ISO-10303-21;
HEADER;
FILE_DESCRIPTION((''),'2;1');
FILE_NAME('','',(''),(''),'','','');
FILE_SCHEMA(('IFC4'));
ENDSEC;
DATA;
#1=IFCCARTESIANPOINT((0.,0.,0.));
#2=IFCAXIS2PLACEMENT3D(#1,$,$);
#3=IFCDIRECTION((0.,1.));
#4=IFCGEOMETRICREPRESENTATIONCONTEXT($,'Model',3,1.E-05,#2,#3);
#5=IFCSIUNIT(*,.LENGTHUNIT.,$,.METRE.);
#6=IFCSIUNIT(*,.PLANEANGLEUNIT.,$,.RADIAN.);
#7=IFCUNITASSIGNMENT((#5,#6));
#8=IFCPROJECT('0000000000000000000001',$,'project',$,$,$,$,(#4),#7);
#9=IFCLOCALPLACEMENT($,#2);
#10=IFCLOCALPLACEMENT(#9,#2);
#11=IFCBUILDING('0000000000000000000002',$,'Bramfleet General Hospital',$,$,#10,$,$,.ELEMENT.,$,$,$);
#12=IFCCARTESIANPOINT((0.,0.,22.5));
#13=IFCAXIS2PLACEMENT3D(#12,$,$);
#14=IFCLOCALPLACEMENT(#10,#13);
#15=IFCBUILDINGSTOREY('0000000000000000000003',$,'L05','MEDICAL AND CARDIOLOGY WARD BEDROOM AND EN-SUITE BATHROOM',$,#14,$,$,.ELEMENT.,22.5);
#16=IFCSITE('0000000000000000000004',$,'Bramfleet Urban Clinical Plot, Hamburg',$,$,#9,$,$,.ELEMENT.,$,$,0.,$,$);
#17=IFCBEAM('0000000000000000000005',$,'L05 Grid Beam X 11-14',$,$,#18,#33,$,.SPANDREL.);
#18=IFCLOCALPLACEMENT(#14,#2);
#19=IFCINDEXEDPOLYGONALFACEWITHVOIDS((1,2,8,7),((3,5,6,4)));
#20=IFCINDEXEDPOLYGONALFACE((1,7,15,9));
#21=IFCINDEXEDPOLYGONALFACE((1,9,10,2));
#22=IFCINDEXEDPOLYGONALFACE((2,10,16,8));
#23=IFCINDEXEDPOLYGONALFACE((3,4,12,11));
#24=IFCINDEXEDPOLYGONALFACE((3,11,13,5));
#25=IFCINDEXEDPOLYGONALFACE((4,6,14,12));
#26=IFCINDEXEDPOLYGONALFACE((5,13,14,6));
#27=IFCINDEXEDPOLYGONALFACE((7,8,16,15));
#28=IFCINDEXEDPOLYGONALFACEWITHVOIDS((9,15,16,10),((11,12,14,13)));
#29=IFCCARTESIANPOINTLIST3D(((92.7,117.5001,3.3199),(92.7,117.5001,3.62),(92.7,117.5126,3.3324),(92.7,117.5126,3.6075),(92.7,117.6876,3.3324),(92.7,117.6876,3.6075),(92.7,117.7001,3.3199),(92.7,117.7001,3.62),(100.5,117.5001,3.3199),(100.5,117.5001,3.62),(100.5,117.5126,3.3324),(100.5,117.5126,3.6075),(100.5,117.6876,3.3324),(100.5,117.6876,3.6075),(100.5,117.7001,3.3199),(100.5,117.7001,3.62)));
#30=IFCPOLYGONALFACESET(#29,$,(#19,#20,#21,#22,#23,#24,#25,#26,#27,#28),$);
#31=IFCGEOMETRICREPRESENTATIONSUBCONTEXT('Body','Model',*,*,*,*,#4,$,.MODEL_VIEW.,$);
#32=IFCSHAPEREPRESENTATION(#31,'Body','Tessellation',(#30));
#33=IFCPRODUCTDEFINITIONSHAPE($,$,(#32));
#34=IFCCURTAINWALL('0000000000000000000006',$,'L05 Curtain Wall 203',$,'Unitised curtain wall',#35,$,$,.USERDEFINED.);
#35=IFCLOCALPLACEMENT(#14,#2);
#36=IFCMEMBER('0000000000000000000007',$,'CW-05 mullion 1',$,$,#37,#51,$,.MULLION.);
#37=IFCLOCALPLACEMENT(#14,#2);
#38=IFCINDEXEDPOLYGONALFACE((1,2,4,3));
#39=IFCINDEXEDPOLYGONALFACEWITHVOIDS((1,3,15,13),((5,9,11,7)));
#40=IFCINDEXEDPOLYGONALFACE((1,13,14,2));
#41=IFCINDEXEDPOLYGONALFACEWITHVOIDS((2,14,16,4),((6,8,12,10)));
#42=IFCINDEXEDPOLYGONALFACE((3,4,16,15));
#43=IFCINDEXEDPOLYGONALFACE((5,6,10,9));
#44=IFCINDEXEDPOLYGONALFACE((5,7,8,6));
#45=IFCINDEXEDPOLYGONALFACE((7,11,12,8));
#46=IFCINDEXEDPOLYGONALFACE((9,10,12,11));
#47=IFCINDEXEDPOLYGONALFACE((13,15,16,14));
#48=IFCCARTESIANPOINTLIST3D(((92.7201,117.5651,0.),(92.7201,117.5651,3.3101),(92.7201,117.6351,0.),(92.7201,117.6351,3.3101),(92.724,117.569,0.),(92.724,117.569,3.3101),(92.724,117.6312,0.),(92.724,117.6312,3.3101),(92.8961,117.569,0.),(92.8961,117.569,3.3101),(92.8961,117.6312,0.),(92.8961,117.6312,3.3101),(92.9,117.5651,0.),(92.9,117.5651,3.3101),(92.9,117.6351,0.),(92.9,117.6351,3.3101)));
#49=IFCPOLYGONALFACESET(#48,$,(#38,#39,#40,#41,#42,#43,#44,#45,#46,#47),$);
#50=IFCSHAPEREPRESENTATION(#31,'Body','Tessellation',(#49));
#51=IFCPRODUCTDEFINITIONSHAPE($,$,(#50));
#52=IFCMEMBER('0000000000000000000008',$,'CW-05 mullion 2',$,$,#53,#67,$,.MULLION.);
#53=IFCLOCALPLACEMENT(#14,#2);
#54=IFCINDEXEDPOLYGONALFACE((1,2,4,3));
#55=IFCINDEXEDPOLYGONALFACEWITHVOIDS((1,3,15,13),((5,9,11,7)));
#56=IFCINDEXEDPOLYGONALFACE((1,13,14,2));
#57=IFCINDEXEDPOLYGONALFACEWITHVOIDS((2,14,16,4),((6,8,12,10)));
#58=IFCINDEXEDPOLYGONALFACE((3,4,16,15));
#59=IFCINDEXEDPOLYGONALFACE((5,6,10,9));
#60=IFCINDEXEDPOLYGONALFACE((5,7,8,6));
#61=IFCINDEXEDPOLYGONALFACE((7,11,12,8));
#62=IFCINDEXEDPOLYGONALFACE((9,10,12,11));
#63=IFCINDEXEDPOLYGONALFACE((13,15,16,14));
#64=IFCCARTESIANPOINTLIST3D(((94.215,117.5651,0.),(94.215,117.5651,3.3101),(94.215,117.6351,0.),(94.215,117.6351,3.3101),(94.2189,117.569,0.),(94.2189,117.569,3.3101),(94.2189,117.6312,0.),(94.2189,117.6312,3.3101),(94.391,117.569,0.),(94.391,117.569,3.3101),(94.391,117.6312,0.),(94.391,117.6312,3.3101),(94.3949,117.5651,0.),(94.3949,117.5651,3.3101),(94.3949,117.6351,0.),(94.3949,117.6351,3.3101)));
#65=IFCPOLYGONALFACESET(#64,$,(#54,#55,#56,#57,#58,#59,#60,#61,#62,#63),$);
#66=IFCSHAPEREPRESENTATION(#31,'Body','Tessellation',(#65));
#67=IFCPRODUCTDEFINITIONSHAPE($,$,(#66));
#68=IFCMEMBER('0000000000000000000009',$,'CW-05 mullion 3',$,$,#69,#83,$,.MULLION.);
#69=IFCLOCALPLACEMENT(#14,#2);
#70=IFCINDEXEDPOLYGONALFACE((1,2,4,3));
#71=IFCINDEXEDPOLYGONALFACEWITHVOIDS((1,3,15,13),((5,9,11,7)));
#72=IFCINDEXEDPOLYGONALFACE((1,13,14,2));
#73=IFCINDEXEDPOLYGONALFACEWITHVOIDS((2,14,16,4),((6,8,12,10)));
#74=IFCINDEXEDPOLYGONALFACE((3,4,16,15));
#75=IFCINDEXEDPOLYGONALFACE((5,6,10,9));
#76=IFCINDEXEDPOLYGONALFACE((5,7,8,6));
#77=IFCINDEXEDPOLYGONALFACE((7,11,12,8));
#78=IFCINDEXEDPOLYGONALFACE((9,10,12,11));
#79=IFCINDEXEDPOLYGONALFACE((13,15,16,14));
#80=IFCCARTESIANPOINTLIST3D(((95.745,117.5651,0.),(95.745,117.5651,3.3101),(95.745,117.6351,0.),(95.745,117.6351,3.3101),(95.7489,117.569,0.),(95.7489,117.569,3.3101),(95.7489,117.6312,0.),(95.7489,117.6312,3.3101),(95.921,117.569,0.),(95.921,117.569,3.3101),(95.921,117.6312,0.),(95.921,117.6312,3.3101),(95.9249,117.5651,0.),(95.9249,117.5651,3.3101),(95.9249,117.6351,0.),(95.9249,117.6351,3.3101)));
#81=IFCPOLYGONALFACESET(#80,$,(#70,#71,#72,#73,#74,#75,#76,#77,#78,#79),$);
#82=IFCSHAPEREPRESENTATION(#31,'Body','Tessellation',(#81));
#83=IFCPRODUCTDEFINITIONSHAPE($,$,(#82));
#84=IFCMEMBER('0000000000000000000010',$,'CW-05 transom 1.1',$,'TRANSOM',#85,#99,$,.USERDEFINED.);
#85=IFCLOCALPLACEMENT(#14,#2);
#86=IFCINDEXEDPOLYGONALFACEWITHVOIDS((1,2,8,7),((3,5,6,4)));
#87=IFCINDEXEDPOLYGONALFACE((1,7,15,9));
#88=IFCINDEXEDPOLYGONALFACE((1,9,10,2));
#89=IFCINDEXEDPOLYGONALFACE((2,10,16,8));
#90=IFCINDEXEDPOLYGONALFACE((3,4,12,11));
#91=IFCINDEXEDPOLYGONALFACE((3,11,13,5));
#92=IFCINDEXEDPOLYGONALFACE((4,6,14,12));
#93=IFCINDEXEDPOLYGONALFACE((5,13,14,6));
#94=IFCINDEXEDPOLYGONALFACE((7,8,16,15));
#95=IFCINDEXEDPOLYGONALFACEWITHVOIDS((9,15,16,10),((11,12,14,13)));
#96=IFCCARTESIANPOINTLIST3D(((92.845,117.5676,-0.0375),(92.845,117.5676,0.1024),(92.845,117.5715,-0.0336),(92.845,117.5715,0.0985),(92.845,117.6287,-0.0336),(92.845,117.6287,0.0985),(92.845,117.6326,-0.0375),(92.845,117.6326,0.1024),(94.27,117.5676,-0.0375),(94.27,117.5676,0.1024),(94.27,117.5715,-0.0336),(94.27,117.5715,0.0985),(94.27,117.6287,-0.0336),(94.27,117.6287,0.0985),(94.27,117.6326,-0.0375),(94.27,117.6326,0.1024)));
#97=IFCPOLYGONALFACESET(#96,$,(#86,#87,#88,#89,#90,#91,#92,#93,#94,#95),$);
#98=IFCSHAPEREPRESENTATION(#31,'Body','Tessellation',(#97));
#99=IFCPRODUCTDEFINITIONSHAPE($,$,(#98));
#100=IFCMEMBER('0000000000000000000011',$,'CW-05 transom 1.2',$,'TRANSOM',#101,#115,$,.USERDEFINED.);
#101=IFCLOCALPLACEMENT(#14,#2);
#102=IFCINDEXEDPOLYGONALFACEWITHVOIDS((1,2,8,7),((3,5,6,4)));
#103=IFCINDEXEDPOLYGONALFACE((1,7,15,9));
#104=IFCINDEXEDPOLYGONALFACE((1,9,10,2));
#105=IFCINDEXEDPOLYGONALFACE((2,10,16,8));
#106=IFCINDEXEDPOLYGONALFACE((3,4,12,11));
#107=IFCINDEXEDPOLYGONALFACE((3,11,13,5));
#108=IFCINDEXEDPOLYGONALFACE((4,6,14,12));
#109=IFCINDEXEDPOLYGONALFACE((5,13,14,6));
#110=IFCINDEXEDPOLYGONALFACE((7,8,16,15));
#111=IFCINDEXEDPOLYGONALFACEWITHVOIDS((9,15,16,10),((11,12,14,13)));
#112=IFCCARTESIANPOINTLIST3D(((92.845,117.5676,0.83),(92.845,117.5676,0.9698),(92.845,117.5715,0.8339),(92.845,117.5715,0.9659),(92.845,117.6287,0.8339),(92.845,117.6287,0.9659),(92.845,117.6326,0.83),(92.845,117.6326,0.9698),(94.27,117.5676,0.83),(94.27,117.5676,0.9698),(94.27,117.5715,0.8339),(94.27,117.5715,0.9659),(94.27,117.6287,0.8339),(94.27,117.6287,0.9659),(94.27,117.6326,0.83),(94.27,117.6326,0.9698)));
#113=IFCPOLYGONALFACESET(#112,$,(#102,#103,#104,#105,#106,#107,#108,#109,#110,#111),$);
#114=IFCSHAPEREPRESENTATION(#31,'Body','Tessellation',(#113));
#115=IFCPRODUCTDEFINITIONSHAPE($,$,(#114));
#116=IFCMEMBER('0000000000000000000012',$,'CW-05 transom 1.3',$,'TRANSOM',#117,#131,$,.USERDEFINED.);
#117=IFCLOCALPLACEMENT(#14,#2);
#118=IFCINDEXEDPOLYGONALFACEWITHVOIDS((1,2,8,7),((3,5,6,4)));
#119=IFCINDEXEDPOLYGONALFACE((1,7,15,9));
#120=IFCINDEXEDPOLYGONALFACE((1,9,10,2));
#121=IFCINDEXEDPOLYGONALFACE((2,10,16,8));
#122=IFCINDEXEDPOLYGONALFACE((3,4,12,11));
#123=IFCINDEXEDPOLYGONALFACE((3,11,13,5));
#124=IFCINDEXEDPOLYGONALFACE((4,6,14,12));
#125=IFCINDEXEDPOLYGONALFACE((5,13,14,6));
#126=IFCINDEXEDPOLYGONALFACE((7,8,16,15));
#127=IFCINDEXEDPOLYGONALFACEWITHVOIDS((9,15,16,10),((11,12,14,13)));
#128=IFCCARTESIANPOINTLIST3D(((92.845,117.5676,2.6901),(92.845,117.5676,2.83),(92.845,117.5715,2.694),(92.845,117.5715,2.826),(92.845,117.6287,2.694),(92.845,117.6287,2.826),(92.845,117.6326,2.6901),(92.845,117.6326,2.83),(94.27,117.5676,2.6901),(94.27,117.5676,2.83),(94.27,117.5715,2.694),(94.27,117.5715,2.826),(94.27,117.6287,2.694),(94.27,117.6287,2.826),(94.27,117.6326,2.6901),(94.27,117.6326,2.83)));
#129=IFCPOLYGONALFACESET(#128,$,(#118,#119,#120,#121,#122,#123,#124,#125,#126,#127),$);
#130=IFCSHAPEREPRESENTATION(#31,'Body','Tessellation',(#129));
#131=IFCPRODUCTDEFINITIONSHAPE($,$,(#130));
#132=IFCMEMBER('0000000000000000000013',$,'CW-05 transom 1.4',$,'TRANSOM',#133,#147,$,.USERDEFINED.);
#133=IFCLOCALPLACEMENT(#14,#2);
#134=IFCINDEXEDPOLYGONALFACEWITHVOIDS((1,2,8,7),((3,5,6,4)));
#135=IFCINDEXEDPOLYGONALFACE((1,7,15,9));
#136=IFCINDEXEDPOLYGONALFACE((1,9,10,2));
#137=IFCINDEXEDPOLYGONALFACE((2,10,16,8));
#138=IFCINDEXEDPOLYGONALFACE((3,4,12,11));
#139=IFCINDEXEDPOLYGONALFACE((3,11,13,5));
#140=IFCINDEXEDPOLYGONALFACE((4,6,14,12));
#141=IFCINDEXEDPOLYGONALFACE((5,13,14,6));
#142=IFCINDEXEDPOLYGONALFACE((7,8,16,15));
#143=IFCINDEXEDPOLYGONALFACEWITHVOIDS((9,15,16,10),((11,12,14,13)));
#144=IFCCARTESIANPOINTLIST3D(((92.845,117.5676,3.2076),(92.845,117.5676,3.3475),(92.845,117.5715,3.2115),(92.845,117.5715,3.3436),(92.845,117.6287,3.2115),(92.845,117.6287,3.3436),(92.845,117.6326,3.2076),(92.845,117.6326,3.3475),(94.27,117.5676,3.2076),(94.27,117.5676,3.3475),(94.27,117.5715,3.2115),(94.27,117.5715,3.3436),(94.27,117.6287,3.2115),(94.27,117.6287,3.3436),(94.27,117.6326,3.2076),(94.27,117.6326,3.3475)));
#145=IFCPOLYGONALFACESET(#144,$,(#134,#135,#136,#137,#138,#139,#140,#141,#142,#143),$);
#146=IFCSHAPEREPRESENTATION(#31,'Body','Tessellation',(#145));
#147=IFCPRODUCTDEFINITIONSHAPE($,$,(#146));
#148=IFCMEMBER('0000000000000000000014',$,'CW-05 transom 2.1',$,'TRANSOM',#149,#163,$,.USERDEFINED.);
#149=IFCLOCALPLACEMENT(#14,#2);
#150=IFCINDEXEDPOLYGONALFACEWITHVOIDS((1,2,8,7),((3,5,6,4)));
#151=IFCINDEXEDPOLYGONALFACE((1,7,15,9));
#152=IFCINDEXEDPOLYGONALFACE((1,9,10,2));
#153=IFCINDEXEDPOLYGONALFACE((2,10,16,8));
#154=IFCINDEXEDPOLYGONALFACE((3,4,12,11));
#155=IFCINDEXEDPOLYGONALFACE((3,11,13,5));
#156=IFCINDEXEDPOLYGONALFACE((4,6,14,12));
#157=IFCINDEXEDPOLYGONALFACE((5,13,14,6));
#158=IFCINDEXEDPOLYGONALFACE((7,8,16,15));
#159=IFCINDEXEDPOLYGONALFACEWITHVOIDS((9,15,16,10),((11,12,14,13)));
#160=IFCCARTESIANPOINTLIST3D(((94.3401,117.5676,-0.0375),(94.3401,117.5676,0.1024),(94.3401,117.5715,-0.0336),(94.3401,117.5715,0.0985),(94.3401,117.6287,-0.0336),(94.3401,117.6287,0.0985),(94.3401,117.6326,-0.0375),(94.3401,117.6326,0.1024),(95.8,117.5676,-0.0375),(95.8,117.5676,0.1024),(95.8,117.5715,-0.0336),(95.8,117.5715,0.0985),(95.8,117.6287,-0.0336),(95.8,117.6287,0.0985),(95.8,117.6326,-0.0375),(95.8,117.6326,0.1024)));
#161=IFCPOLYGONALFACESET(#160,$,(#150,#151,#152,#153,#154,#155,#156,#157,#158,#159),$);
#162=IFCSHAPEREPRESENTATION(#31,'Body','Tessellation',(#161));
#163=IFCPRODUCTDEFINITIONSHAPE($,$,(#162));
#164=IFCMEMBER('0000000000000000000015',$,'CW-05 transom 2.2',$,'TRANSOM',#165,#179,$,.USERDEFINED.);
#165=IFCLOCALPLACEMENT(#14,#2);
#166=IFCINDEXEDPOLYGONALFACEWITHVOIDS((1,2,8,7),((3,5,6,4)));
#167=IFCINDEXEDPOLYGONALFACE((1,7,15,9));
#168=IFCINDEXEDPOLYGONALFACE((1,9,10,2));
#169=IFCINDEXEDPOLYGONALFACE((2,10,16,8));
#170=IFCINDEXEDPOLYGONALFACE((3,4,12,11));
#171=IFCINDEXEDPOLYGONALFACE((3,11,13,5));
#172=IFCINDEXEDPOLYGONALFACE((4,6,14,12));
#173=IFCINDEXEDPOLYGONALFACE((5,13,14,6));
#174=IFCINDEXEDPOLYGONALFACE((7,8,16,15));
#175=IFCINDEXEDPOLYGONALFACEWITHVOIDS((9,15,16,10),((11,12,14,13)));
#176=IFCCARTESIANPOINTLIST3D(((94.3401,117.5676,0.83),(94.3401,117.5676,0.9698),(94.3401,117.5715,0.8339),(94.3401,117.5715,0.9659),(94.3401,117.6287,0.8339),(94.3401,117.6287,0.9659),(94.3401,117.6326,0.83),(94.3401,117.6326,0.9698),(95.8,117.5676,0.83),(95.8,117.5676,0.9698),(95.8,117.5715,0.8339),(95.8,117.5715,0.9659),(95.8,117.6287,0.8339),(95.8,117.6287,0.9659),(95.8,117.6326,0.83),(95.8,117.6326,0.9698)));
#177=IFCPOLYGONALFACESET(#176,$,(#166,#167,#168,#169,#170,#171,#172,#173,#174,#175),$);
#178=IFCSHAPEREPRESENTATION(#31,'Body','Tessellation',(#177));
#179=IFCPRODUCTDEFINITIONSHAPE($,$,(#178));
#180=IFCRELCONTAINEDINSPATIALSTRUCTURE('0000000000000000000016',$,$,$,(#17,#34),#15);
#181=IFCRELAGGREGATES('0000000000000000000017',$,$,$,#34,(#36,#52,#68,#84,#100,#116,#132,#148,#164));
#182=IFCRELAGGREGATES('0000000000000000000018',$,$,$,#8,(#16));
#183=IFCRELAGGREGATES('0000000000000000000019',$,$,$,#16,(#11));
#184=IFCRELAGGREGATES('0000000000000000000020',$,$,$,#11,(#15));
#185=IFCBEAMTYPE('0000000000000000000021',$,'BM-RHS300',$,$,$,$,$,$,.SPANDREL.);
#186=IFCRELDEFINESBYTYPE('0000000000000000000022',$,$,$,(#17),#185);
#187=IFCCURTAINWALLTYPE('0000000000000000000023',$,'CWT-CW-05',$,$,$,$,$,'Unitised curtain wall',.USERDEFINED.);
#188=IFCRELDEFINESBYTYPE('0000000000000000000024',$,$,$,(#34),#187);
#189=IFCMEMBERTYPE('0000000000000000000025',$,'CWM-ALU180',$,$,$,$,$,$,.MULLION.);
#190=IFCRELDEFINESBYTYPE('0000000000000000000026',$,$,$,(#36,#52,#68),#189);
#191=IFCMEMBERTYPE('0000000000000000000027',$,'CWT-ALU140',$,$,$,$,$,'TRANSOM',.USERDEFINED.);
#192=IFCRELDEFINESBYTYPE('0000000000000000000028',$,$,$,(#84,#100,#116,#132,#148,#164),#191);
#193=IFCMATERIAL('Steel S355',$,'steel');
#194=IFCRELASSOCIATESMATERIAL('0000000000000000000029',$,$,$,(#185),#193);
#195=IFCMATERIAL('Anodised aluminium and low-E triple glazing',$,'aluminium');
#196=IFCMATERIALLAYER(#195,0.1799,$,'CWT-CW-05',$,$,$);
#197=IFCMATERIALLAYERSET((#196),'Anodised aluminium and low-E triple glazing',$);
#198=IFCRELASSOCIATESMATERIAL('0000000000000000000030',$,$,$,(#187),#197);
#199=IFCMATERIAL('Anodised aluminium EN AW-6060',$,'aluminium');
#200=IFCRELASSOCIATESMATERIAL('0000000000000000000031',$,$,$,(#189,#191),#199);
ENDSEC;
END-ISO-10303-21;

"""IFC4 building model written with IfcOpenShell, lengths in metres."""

from ifc_helpers import new_model, si_unit, direction, frame, origin, origin_2d, place, context, subcontext, project, spatial, hollow_rectangle, extrude, material, layer, layer_set, material_profile, profile_set, type_object, element, aggregate, save


model = new_model("IFC4")

# Units and contexts
model_context = context("Model", 3, precision=1e-05, world=origin(), true_north=direction((0.0, 1.0)))
body_context = subcontext(model_context, "Body", "Model", "MODEL_VIEW")
ifc_project = project(units=[si_unit("LENGTHUNIT", "METRE"), si_unit("PLANEANGLEUNIT", "RADIAN")], contexts=[model_context])

# Site, building, storey
site_placement = place(None, origin())
site = spatial("IfcSite", under=ifc_project, at=site_placement, Name="Bramfleet Urban Clinical Plot, Hamburg", CompositionType="ELEMENT", RefElevation=0.0)
building_placement = place(site_placement, origin())
building = spatial("IfcBuilding", under=site, at=building_placement, Name="Bramfleet General Hospital", CompositionType="ELEMENT")
storey_placement = place(building_placement, frame((0.0, 0.0, 22.5)))
storey = spatial("IfcBuildingStorey", under=building, at=storey_placement, Name="L05", Description="MEDICAL AND CARDIOLOGY WARD BEDROOM AND EN-SUITE BATHROOM", CompositionType="ELEMENT", Elevation=22.5)

# Beam
ifc_material_1 = material(Name="Steel S355", Category="steel")
ifc_material_profile_1 = material_profile(ifc_material_1, hollow_rectangle(XDim=0.2, YDim=0.3, WallThickness=0.0125, at=origin_2d()), Name="RHS 300x200x12.5")
ifc_profile_set_1 = profile_set([ifc_material_profile_1], Name="Steel S355")
beam_type = type_object("IfcBeamType", Name="BM-RHS300", PredefinedType="SPANDREL", material=ifc_profile_set_1)
beam_placement = place(storey_placement, frame((92.7, 117.6001, 3.47), z_axis=(1.0, 0.0, 0.0), x_axis=(0.0, 1.0, 0.0)))
element("IfcBeam", 1, at=beam_placement, inside=storey, type_object=beam_type, Name="L05 Grid Beam X 11-14", PredefinedType="SPANDREL", context=body_context, shape_type="SweptSolid", body=[
    extrude(hollow_rectangle(XDim=0.2, YDim=0.3, WallThickness=0.0125, at=origin_2d()), origin(), (0.0, 0.0, 1.0), 7.8),
])

# Curtain wall, members
ifc_material_2 = material(Name="Anodised aluminium and low-E triple glazing", Category="aluminium")
ifc_layer_1 = layer(ifc_material_2, 0.1799, Name="CWT-CW-05")
ifc_layer_set_1 = layer_set([ifc_layer_1], Name="Anodised aluminium and low-E triple glazing")
curtain_wall_type = type_object("IfcCurtainWallType", Name="CWT-CW-05", ElementType="Unitised curtain wall", PredefinedType="USERDEFINED", material=ifc_layer_set_1)
curtain_wall_placement = place(storey_placement, origin())
curtain_wall = element("IfcCurtainWall", 2, at=curtain_wall_placement, inside=storey, type_object=curtain_wall_type, Name="L05 Curtain Wall 203", ObjectType="Unitised curtain wall", PredefinedType="USERDEFINED")
ifc_material_3 = material(Name="Anodised aluminium EN AW-6060", Category="aluminium")
ifc_material_profile_2 = material_profile(ifc_material_3, hollow_rectangle(XDim=0.0701, YDim=0.1799, WallThickness=0.0039, at=origin_2d()), Name="ALU 180x70x4.0")
ifc_profile_set_2 = profile_set([ifc_material_profile_2], Name="Anodised aluminium EN AW-6060")
member_type_1 = type_object("IfcMemberType", Name="CWM-ALU180", PredefinedType="MULLION", material=ifc_profile_set_2)
member_1_placement = place(storey_placement, frame((92.8101, 117.6001, 0.0), z_axis=(0.0, 0.0, 1.0), x_axis=(0.0, 1.0, 0.0)))
member_1 = element("IfcMember", 3, at=member_1_placement, type_object=member_type_1, Name="CW-05 mullion 1", PredefinedType="MULLION", context=body_context, shape_type="SweptSolid", body=[
    extrude(hollow_rectangle(XDim=0.0701, YDim=0.1799, WallThickness=0.0039, at=origin_2d()), origin(), (0.0, 0.0, 1.0), 3.3101),
])
member_2_placement = place(storey_placement, frame((94.3049, 117.6001, 0.0), z_axis=(0.0, 0.0, 1.0), x_axis=(0.0, 1.0, 0.0)))
member_2 = element("IfcMember", 4, at=member_2_placement, type_object=member_type_1, Name="CW-05 mullion 2", PredefinedType="MULLION", context=body_context, shape_type="SweptSolid", body=[
    extrude(hollow_rectangle(XDim=0.0701, YDim=0.1799, WallThickness=0.0039, at=origin_2d()), origin(), (0.0, 0.0, 1.0), 3.3101),
])
member_3_placement = place(storey_placement, frame((95.835, 117.6001, 0.0), z_axis=(0.0, 0.0, 1.0), x_axis=(0.0, 1.0, 0.0)))
member_3 = element("IfcMember", 5, at=member_3_placement, type_object=member_type_1, Name="CW-05 mullion 3", PredefinedType="MULLION", context=body_context, shape_type="SweptSolid", body=[
    extrude(hollow_rectangle(XDim=0.0701, YDim=0.1799, WallThickness=0.0039, at=origin_2d()), origin(), (0.0, 0.0, 1.0), 3.3101),
])
ifc_material_profile_3 = material_profile(ifc_material_3, hollow_rectangle(XDim=0.0649, YDim=0.1399, WallThickness=0.0039, at=origin_2d()), Name="ALU 140x65x4.0")
ifc_profile_set_3 = profile_set([ifc_material_profile_3], Name="Anodised aluminium EN AW-6060")
member_type_2 = type_object("IfcMemberType", Name="CWT-ALU140", ElementType="TRANSOM", PredefinedType="USERDEFINED", material=ifc_profile_set_3)
member_4_placement = place(storey_placement, frame((92.845, 117.6001, 0.0325), z_axis=(1.0, 0.0, 0.0), x_axis=(0.0, 1.0, 0.0)))
member_4 = element("IfcMember", 6, at=member_4_placement, type_object=member_type_2, Name="CW-05 transom 1.1", ObjectType="TRANSOM", PredefinedType="USERDEFINED", context=body_context, shape_type="SweptSolid", body=[
    extrude(hollow_rectangle(XDim=0.0649, YDim=0.1399, WallThickness=0.0039, at=origin_2d()), origin(), (0.0, 0.0, 1.0), 1.425),
])
member_5_placement = place(storey_placement, frame((92.845, 117.6001, 0.8999), z_axis=(1.0, 0.0, 0.0), x_axis=(0.0, 1.0, 0.0)))
member_5 = element("IfcMember", 7, at=member_5_placement, type_object=member_type_2, Name="CW-05 transom 1.2", ObjectType="TRANSOM", PredefinedType="USERDEFINED", context=body_context, shape_type="SweptSolid", body=[
    extrude(hollow_rectangle(XDim=0.0649, YDim=0.1399, WallThickness=0.0039, at=origin_2d()), origin(), (0.0, 0.0, 1.0), 1.425),
])
member_6_placement = place(storey_placement, frame((92.845, 117.6001, 2.76), z_axis=(1.0, 0.0, 0.0), x_axis=(0.0, 1.0, 0.0)))
member_6 = element("IfcMember", 8, at=member_6_placement, type_object=member_type_2, Name="CW-05 transom 1.3", ObjectType="TRANSOM", PredefinedType="USERDEFINED", context=body_context, shape_type="SweptSolid", body=[
    extrude(hollow_rectangle(XDim=0.0649, YDim=0.1399, WallThickness=0.0039, at=origin_2d()), origin(), (0.0, 0.0, 1.0), 1.425),
])
member_7_placement = place(storey_placement, frame((92.845, 117.6001, 3.2776), z_axis=(1.0, 0.0, 0.0), x_axis=(0.0, 1.0, 0.0)))
member_7 = element("IfcMember", 9, at=member_7_placement, type_object=member_type_2, Name="CW-05 transom 1.4", ObjectType="TRANSOM", PredefinedType="USERDEFINED", context=body_context, shape_type="SweptSolid", body=[
    extrude(hollow_rectangle(XDim=0.0649, YDim=0.1399, WallThickness=0.0039, at=origin_2d()), origin(), (0.0, 0.0, 1.0), 1.425),
])
member_8_placement = place(storey_placement, frame((94.3401, 117.6001, 0.0325), z_axis=(1.0, 0.0, 0.0), x_axis=(0.0, 1.0, 0.0)))
member_8 = element("IfcMember", 10, at=member_8_placement, type_object=member_type_2, Name="CW-05 transom 2.1", ObjectType="TRANSOM", PredefinedType="USERDEFINED", context=body_context, shape_type="SweptSolid", body=[
    extrude(hollow_rectangle(XDim=0.0649, YDim=0.1399, WallThickness=0.0039, at=origin_2d()), origin(), (0.0, 0.0, 1.0), 1.46),
])
member_9_placement = place(storey_placement, frame((94.3401, 117.6001, 0.8999), z_axis=(1.0, 0.0, 0.0), x_axis=(0.0, 1.0, 0.0)))
member_9 = element("IfcMember", 11, at=member_9_placement, type_object=member_type_2, Name="CW-05 transom 2.2", ObjectType="TRANSOM", PredefinedType="USERDEFINED", context=body_context, shape_type="SweptSolid", body=[
    extrude(hollow_rectangle(XDim=0.0649, YDim=0.1399, WallThickness=0.0039, at=origin_2d()), origin(), (0.0, 0.0, 1.0), 1.46),
])
aggregate(curtain_wall, [member_1, member_2, member_3, member_4, member_5, member_6, member_7, member_8, member_9])

save(model, "model.ifc")
